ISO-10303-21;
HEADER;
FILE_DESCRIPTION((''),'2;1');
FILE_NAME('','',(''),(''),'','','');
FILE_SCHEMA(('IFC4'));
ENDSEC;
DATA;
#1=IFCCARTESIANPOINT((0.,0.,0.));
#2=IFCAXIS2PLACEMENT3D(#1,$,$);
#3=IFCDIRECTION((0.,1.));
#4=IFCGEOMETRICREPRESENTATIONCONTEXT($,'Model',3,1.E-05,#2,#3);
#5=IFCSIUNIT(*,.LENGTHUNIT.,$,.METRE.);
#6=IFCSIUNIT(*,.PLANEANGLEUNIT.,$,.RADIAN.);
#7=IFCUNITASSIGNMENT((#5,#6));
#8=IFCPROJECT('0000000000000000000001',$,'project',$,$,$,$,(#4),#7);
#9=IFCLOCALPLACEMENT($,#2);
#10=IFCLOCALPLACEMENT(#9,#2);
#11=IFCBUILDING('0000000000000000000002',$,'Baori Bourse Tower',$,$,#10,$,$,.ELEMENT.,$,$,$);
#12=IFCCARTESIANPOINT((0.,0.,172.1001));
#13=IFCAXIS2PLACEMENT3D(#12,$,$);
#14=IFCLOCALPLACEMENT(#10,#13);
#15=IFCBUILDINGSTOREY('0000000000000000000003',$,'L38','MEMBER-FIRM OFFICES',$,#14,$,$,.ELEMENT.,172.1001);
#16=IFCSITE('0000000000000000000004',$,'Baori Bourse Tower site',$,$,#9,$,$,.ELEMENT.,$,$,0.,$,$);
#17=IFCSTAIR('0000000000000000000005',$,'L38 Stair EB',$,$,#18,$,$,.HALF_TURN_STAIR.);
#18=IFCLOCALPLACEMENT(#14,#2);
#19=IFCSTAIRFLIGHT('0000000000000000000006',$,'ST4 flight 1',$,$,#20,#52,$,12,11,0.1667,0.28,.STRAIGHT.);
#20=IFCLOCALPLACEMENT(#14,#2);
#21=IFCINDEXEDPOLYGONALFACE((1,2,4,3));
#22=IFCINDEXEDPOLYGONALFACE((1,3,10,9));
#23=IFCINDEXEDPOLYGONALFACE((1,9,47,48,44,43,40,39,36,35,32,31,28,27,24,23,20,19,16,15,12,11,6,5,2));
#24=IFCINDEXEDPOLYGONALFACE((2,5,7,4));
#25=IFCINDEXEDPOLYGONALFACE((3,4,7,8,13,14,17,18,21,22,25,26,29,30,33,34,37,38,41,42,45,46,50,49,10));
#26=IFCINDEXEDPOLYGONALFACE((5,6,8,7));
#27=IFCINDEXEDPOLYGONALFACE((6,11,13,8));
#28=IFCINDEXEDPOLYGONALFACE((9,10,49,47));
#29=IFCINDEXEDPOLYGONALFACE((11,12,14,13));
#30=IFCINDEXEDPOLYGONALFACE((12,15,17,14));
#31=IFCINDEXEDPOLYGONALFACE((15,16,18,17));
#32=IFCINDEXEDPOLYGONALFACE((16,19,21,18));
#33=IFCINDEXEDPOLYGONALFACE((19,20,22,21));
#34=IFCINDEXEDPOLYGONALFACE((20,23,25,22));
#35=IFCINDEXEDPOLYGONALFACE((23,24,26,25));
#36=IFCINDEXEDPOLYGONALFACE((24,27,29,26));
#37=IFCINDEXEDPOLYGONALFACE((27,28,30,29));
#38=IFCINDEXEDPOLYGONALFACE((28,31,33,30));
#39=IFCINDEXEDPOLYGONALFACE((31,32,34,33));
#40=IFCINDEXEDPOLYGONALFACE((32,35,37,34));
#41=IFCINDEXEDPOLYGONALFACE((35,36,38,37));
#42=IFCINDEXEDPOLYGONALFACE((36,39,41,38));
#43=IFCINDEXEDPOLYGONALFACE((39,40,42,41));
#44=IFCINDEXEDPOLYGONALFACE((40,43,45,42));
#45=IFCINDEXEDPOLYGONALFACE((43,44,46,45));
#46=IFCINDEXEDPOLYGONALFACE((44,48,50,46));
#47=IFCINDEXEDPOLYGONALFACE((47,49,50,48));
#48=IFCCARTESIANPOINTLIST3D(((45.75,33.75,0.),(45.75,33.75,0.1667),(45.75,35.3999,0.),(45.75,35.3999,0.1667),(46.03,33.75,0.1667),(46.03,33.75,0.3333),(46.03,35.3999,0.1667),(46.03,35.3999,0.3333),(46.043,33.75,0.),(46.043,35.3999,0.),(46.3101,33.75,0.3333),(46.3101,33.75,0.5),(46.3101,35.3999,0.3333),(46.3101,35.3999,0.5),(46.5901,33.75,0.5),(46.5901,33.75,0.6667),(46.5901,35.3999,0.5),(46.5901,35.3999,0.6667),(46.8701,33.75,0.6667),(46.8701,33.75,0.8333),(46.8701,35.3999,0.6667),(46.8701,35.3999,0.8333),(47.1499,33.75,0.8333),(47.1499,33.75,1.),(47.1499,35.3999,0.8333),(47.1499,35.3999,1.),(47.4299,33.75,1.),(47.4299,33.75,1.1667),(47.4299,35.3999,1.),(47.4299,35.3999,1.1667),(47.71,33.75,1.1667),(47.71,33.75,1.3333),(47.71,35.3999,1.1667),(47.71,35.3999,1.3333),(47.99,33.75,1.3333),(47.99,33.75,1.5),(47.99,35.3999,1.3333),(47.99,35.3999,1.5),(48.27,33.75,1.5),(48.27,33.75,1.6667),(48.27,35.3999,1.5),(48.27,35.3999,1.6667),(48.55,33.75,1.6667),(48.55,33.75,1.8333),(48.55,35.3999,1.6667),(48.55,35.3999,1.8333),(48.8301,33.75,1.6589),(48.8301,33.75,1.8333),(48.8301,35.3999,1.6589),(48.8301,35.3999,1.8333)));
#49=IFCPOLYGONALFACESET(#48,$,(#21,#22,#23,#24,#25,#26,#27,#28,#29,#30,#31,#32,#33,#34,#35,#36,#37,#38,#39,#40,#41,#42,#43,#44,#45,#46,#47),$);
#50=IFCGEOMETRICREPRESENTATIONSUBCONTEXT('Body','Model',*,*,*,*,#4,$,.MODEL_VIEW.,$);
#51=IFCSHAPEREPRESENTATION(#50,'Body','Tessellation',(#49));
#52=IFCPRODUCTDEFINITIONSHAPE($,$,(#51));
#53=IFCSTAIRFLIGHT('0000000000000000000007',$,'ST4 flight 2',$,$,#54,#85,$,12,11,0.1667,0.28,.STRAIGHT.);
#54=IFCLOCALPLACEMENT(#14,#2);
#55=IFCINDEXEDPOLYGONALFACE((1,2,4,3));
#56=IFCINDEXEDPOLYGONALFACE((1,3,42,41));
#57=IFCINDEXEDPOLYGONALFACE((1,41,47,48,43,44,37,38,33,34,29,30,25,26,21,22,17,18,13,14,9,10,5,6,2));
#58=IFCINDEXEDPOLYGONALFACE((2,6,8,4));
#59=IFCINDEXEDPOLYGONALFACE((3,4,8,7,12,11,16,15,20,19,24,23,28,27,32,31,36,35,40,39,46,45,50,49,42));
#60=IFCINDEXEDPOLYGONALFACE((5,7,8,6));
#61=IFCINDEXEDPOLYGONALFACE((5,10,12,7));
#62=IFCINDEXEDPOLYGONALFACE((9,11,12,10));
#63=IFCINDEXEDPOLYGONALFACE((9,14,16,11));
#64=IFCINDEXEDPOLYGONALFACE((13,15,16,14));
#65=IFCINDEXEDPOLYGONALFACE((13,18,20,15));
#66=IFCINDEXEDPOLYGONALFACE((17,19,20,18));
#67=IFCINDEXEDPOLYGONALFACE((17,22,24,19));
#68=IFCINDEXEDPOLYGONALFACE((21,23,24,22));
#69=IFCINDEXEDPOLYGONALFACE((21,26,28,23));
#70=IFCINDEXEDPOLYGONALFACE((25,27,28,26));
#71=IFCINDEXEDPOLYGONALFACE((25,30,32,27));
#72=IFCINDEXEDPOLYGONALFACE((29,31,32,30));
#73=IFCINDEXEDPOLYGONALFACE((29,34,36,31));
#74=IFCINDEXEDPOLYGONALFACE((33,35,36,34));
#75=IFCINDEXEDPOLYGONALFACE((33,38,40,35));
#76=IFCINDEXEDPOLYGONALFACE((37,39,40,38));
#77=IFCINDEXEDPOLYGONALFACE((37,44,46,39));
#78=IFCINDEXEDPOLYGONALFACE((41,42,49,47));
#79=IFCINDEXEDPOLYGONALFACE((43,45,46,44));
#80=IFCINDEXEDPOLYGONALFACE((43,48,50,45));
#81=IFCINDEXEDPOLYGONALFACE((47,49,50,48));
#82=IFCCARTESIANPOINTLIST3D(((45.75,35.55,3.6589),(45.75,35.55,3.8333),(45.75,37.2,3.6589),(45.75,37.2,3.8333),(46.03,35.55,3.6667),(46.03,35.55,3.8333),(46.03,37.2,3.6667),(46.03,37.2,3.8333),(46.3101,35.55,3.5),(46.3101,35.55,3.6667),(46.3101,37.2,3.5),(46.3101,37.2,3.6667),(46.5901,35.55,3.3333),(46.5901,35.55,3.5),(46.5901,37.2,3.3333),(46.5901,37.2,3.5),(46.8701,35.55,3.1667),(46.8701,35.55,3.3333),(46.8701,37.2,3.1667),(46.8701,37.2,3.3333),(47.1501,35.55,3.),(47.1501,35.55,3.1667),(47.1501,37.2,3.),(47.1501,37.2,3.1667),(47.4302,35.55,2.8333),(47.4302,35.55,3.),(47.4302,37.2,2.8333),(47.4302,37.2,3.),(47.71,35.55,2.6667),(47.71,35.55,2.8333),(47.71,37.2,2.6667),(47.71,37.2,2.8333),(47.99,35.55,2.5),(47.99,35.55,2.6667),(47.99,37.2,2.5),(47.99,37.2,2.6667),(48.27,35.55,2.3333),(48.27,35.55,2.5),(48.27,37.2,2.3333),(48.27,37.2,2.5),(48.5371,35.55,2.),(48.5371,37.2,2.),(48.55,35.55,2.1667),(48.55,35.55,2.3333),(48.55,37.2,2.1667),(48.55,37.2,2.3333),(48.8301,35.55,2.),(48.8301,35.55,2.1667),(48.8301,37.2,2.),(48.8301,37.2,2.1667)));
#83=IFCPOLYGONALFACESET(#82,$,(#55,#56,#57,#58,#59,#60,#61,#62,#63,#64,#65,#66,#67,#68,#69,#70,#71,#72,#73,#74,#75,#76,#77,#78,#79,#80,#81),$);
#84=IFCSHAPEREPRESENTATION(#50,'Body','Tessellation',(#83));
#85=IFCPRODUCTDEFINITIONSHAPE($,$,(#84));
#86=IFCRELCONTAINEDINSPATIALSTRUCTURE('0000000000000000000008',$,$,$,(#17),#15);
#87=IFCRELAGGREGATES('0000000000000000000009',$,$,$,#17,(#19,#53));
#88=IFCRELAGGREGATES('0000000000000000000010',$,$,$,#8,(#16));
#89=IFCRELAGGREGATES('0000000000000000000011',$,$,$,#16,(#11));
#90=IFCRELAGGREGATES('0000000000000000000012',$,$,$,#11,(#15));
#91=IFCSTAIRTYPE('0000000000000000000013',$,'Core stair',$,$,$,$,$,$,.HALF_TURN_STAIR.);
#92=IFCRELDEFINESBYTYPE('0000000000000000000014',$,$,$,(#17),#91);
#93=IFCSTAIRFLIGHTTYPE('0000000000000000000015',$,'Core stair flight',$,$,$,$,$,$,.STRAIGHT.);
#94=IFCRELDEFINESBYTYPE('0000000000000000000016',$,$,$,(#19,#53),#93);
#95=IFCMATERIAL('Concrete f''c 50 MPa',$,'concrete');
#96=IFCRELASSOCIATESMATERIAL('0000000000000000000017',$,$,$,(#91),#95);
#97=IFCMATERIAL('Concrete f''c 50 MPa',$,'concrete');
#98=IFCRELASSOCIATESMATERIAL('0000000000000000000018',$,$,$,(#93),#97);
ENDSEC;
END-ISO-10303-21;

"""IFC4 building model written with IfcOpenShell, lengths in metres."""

from ifc_helpers import new_model, si_unit, direction, frame, origin, place, context, subcontext, project, spatial, polyline, outline, extrude, material, type_object, element, aggregate, save


model = new_model("IFC4")

# Units and contexts
model_context = context("Model", 3, precision=1e-05, world=origin(), true_north=direction((0.0, 1.0)))
body_context = subcontext(model_context, "Body", "Model", "MODEL_VIEW")
ifc_project = project(units=[si_unit("LENGTHUNIT", "METRE"), si_unit("PLANEANGLEUNIT", "RADIAN")], contexts=[model_context])

# Site, building, storey
site_placement = place(None, origin())
site = spatial("IfcSite", under=ifc_project, at=site_placement, Name="Baori Bourse Tower site", CompositionType="ELEMENT", RefElevation=0.0)
building_placement = place(site_placement, origin())
building = spatial("IfcBuilding", under=site, at=building_placement, Name="Baori Bourse Tower", CompositionType="ELEMENT")
storey_placement = place(building_placement, frame((0.0, 0.0, 172.1001)))
storey = spatial("IfcBuildingStorey", under=building, at=storey_placement, Name="L38", Description="MEMBER-FIRM OFFICES", CompositionType="ELEMENT", Elevation=172.1001)

# Stair, stair flights
ifc_material_1 = material(Name="Concrete f'c 50 MPa", Category="concrete")
stair_type = type_object("IfcStairType", Name="Core stair", PredefinedType="HALF_TURN_STAIR", material=ifc_material_1)
stair_placement = place(storey_placement, origin())
stair = element("IfcStair", 1, at=stair_placement, inside=storey, type_object=stair_type, Name="L38 Stair EB", PredefinedType="HALF_TURN_STAIR")
ifc_material_2 = material(Name="Concrete f'c 50 MPa", Category="concrete")
stair_flight_type = type_object("IfcStairFlightType", Name="Core stair flight", PredefinedType="STRAIGHT", material=ifc_material_2)
stair_flight_1_placement = place(storey_placement, frame((45.75, 34.575, 0.0), z_axis=(0.0, 0.0, 1.0), x_axis=(1.0, 0.0, 0.0)))
stair_flight_1 = element("IfcStairFlight", 2, at=stair_flight_1_placement, type_object=stair_flight_type, Name="ST4 flight 1", NumberOfRisers=12, NumberOfTreads=11, PredefinedType="STRAIGHT", RiserHeight=0.1667, TreadLength=0.28, context=body_context, shape_type="SweptSolid", body=[
    extrude(outline(polyline([(0.0, 0.0), (0.0, 0.1667), (0.28, 0.1667), (0.28, 0.3333), (0.5601, 0.3333), (0.5601, 0.5), (0.8401, 0.5), (0.8401, 0.6667), (1.1201, 0.6667), (1.1201, 0.8333), (1.3999, 0.8333), (1.3999, 1.0), (1.6799, 1.0), (1.6799, 1.1667), (1.96, 1.1667), (1.96, 1.3333), (2.24, 1.3333), (2.24, 1.5), (2.52, 1.5), (2.52, 1.6667), (2.8, 1.6667), (2.8, 1.8333), (3.0801, 1.8333), (3.0801, 2.0), (3.0801, 1.6589), (0.293, 0.0), (0.0, 0.0)])), frame((0.0, 0.825, 0.0), z_axis=(0.0, -1.0, 0.0), x_axis=(1.0, 0.0, 0.0)), (0.0, 0.0, 1.0), 1.6499),
])
stair_flight_2_placement = place(storey_placement, frame((48.8301, 36.375, 2.0), z_axis=(0.0, 0.0, 1.0), x_axis=(-1.0, 0.0, 0.0)))
stair_flight_2 = element("IfcStairFlight", 3, at=stair_flight_2_placement, type_object=stair_flight_type, Name="ST4 flight 2", NumberOfRisers=12, NumberOfTreads=11, PredefinedType="STRAIGHT", RiserHeight=0.1667, TreadLength=0.28, context=body_context, shape_type="SweptSolid", body=[
    extrude(outline(polyline([(0.0, 0.0), (0.0, 0.1667), (0.28, 0.1667), (0.28, 0.3333), (0.5601, 0.3333), (0.5601, 0.5), (0.8401, 0.5), (0.8401, 0.6667), (1.1201, 0.6667), (1.1201, 0.8333), (1.3999, 0.8333), (1.3999, 1.0), (1.6799, 1.0), (1.6799, 1.1667), (1.96, 1.1667), (1.96, 1.3333), (2.24, 1.3333), (2.24, 1.5), (2.52, 1.5), (2.52, 1.6667), (2.8, 1.6667), (2.8, 1.8333), (3.0801, 1.8333), (3.0801, 2.0), (3.0801, 1.6589), (0.293, 0.0), (0.0, 0.0)])), frame((0.0, 0.825, 0.0), z_axis=(0.0, -1.0, 0.0), x_axis=(1.0, 0.0, 0.0)), (0.0, 0.0, 1.0), 1.6499),
])
aggregate(stair, [stair_flight_1, stair_flight_2])

save(model, "model.ifc")
